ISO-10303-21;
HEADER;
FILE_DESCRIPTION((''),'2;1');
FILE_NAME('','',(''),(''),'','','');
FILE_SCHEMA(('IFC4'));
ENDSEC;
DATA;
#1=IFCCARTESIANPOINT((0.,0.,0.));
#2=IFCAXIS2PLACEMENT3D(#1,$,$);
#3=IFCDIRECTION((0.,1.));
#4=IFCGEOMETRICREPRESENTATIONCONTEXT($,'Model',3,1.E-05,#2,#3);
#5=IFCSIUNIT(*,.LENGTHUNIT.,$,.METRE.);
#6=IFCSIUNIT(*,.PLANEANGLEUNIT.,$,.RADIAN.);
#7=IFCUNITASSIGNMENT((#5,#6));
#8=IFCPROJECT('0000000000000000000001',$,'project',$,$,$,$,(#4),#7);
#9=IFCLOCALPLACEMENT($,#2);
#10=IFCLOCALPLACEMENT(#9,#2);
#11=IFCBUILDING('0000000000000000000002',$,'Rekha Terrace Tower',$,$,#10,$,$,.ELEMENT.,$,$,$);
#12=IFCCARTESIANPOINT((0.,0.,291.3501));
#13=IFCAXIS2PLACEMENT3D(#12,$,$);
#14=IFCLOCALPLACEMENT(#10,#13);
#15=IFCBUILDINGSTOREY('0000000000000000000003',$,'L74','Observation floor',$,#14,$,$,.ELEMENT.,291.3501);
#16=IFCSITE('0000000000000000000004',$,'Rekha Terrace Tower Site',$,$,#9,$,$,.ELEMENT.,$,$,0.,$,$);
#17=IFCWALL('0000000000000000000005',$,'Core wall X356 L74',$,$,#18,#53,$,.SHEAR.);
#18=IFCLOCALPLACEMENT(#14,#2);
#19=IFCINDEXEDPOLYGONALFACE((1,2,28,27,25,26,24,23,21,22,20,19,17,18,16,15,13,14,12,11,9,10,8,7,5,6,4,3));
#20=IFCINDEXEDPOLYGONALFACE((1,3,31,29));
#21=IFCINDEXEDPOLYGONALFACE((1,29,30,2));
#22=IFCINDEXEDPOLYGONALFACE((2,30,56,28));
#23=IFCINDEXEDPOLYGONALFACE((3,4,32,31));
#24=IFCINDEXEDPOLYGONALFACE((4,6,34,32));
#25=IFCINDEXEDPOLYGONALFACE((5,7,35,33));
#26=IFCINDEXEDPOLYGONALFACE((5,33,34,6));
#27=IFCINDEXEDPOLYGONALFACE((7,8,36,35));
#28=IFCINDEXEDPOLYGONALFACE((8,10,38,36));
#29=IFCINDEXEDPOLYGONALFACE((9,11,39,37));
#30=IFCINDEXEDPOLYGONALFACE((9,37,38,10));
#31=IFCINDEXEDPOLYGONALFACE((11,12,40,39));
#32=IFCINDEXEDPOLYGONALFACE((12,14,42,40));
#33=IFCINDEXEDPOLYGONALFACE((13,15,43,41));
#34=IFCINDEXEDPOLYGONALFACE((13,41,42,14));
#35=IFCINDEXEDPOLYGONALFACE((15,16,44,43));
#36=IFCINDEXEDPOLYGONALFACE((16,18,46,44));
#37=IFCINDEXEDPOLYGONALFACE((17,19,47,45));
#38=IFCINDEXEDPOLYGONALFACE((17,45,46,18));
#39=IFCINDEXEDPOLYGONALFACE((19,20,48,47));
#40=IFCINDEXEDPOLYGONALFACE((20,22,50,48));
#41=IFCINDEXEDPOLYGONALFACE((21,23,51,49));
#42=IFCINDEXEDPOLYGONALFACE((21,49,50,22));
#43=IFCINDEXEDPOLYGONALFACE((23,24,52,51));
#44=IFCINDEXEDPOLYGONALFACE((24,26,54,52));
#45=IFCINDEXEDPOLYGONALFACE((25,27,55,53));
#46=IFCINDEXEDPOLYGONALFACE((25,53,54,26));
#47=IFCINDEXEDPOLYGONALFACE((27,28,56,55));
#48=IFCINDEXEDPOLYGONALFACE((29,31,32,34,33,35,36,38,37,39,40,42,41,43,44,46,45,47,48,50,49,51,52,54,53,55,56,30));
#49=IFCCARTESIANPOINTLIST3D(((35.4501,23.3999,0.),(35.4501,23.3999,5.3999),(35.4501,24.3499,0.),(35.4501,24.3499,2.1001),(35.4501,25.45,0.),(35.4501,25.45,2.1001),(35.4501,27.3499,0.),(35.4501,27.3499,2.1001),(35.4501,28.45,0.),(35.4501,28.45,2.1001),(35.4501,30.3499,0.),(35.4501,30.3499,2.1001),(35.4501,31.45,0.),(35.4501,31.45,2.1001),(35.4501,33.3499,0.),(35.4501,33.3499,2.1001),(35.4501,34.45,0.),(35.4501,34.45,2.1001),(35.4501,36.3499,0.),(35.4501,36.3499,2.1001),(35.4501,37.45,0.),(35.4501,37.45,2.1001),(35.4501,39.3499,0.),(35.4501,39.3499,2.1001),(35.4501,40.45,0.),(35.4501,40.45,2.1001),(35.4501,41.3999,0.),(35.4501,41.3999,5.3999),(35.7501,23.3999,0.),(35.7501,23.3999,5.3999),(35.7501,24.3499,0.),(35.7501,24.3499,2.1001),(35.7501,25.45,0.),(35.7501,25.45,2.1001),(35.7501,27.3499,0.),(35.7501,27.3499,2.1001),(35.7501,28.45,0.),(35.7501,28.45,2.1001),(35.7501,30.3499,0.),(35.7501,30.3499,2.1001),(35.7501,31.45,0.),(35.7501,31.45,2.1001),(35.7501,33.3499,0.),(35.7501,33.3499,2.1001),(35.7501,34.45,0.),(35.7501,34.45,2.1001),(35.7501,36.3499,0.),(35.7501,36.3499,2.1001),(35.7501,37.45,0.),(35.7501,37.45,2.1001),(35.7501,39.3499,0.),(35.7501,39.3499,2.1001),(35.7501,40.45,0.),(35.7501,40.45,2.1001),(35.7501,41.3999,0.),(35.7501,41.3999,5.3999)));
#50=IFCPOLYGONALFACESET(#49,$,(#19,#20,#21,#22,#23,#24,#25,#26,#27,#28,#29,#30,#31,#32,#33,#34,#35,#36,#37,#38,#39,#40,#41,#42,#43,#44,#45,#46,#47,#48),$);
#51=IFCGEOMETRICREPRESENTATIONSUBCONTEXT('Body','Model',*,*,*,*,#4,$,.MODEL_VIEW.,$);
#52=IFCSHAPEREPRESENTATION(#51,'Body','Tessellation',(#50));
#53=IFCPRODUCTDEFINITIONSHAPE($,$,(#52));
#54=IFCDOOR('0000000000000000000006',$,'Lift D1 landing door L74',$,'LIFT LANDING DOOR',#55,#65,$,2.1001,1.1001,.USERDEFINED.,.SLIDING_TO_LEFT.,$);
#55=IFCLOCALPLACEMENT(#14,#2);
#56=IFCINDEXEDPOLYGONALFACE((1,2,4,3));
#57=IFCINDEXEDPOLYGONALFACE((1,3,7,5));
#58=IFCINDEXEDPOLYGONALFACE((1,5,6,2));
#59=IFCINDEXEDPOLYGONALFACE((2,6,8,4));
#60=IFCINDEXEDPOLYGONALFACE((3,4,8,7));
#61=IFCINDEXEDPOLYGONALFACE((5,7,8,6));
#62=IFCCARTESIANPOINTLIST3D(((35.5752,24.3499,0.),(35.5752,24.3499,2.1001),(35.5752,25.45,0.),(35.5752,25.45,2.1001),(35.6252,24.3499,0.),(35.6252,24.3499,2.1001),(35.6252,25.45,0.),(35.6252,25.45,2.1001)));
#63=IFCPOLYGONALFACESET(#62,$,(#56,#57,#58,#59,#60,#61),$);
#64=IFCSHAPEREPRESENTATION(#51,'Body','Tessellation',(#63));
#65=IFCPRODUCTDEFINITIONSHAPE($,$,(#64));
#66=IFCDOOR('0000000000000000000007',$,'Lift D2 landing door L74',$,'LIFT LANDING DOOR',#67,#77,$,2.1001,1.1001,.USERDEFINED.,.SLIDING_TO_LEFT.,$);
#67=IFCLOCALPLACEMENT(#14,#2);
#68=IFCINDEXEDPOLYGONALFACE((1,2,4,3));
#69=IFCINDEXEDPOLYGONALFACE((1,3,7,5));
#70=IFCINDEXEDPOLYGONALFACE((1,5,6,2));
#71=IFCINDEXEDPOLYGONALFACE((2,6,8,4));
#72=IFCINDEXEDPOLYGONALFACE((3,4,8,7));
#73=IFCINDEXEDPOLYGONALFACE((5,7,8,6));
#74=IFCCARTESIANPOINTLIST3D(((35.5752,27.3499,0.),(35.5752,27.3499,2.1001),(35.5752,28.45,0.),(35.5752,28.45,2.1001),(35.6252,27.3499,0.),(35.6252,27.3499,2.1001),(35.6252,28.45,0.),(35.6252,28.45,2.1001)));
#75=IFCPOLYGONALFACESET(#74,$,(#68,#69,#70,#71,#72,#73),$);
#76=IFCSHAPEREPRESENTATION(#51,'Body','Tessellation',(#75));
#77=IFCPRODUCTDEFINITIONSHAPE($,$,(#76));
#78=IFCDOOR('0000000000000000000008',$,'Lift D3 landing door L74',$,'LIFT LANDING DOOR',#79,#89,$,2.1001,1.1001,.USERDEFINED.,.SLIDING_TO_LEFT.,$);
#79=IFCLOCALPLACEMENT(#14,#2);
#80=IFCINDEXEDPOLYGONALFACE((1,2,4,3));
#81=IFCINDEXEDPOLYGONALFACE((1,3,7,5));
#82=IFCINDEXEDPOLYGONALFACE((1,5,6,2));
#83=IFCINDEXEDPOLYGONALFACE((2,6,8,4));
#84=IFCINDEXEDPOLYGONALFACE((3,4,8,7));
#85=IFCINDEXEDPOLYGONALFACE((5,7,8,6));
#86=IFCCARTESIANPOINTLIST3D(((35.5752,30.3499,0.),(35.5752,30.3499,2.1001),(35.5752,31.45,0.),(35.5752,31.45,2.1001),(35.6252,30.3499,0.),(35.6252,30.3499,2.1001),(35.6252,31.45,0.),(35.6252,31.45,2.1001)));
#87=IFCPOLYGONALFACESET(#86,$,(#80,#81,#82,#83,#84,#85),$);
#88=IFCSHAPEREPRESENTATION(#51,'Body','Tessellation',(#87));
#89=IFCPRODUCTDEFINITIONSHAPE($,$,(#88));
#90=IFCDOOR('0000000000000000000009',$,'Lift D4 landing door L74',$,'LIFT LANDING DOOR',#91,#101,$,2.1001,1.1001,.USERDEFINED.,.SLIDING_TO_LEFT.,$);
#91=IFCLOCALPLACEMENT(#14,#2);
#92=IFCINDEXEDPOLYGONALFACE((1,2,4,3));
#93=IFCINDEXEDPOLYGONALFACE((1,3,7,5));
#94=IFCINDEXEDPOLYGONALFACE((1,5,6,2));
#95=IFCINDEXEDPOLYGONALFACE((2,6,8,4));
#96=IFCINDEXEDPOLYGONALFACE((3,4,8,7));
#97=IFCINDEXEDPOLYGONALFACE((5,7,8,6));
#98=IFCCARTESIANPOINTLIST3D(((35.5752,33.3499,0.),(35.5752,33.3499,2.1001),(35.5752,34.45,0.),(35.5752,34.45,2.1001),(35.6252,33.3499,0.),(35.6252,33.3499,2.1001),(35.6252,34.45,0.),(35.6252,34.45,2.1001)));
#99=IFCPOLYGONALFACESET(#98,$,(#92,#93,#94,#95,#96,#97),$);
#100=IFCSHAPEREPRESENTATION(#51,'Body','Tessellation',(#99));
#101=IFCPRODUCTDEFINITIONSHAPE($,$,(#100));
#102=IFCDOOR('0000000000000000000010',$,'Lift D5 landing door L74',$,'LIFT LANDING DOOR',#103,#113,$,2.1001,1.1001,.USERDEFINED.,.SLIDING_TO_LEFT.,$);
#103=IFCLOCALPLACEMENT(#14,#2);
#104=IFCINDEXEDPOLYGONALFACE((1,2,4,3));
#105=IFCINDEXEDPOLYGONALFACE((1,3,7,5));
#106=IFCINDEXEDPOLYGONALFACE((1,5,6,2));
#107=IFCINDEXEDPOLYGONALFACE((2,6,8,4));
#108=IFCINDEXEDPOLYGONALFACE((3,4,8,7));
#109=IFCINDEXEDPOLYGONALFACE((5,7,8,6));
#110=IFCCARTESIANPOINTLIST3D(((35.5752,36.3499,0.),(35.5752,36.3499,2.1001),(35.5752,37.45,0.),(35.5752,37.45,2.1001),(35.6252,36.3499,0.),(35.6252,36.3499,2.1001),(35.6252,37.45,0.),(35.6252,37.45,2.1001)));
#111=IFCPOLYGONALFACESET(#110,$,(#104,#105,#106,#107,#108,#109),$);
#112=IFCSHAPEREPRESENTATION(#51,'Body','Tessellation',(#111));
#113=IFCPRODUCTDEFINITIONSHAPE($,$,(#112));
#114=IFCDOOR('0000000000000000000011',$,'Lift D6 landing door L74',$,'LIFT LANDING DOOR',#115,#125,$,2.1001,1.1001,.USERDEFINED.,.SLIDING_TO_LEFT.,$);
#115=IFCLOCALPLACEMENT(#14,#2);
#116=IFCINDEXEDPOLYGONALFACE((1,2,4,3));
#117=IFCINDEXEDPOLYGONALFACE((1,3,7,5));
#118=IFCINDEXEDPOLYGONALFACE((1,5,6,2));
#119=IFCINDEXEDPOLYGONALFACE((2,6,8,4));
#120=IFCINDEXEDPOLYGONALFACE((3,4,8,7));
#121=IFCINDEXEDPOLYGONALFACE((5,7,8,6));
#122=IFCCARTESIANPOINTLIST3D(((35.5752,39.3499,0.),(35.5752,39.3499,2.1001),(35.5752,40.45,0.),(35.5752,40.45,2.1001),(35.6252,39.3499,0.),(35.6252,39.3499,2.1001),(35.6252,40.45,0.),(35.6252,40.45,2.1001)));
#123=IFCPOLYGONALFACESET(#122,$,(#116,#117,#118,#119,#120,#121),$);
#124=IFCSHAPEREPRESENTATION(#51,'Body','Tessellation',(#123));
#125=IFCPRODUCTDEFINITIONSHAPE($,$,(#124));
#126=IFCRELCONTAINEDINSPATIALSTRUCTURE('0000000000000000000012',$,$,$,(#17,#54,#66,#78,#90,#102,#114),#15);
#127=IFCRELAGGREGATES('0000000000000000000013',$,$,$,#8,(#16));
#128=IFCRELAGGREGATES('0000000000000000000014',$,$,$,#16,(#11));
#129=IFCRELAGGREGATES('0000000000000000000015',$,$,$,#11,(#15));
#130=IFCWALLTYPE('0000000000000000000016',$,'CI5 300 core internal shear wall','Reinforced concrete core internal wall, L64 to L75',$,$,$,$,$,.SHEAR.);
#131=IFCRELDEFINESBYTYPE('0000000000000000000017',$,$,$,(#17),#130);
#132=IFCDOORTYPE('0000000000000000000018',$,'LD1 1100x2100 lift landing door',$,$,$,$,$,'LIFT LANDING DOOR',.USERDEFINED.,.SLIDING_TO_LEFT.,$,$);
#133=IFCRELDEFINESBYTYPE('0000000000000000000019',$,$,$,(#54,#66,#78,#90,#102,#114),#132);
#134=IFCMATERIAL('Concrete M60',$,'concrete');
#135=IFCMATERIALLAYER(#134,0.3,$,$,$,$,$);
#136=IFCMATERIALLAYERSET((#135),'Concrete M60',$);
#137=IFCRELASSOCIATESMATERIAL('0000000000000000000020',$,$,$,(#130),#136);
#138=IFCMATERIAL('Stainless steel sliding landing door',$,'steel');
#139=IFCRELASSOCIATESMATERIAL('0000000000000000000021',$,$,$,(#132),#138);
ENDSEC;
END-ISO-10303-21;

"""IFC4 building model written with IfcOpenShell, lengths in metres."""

from ifc_helpers import new_model, si_unit, direction, frame, frame_2d, origin, place, context, subcontext, project, spatial, rectangle, extrude, material, layer, layer_set, type_object, element, fill, save


model = new_model("IFC4")

# Units and contexts
model_context = context("Model", 3, precision=1e-05, world=origin(), true_north=direction((0.0, 1.0)))
body_context = subcontext(model_context, "Body", "Model", "MODEL_VIEW")
ifc_project = project(units=[si_unit("LENGTHUNIT", "METRE"), si_unit("PLANEANGLEUNIT", "RADIAN")], contexts=[model_context])

# Site, building, storey
site_placement = place(None, origin())
site = spatial("IfcSite", under=ifc_project, at=site_placement, Name="Rekha Terrace Tower Site", CompositionType="ELEMENT", RefElevation=0.0)
building_placement = place(site_placement, origin())
building = spatial("IfcBuilding", under=site, at=building_placement, Name="Rekha Terrace Tower", CompositionType="ELEMENT")
storey_placement = place(building_placement, frame((0.0, 0.0, 291.3501)))
storey = spatial("IfcBuildingStorey", under=building, at=storey_placement, Name="L74", Description="Observation floor", CompositionType="ELEMENT", Elevation=291.3501)

# Wall, openings, doors
ifc_material_1 = material(Name="Concrete M60", Category="concrete")
ifc_layer_1 = layer(ifc_material_1, 0.3)
ifc_layer_set_1 = layer_set([ifc_layer_1], Name="Concrete M60")
wall_type_1 = type_object("IfcWallType", Name="CI5 300 core internal shear wall", Description="Reinforced concrete core internal wall, L64 to L75", PredefinedType="SHEAR", material=ifc_layer_set_1)
wall_1_placement = place(storey_placement, frame((35.6001, 23.3999, 0.0), z_axis=(0.0, 0.0, 1.0), x_axis=(0.0, 1.0, 0.0)))
wall_1 = element("IfcWall", 1, at=wall_1_placement, inside=storey, type_object=wall_type_1, Name="Core wall X356 L74", PredefinedType="SHEAR", context=body_context, shape_type="SweptSolid", body=[
    extrude(rectangle(XDim=18.0, YDim=0.3, at=frame_2d((9.0, 0.0))), origin(), (0.0, 0.0, 1.0), 5.3999),
])
opening_1_placement = place(wall_1_placement, frame((0.95, 0.0, 0.0)))
opening_1 = element("IfcOpeningElement", 2, at=opening_1_placement, cuts=wall_1, PredefinedType="OPENING", context=body_context, shape_type="SweptSolid", body=[
    extrude(rectangle(XDim=1.1001, YDim=2.1001, at=frame_2d((0.55, 1.05))), frame((0.0, 0.1599, 0.0), z_axis=(0.0, -1.0, 0.0), x_axis=(1.0, 0.0, 0.0)), (0.0, 0.0, 1.0), 0.3201),
])
opening_2_placement = place(wall_1_placement, frame((3.95, 0.0, 0.0)))
opening_2 = element("IfcOpeningElement", 3, at=opening_2_placement, cuts=wall_1, PredefinedType="OPENING", context=body_context, shape_type="SweptSolid", body=[
    extrude(rectangle(XDim=1.1001, YDim=2.1001, at=frame_2d((0.55, 1.05))), frame((0.0, 0.1599, 0.0), z_axis=(0.0, -1.0, 0.0), x_axis=(1.0, 0.0, 0.0)), (0.0, 0.0, 1.0), 0.3201),
])
opening_3_placement = place(wall_1_placement, frame((6.95, 0.0, 0.0)))
opening_3 = element("IfcOpeningElement", 4, at=opening_3_placement, cuts=wall_1, PredefinedType="OPENING", context=body_context, shape_type="SweptSolid", body=[
    extrude(rectangle(XDim=1.1001, YDim=2.1001, at=frame_2d((0.55, 1.05))), frame((0.0, 0.1599, 0.0), z_axis=(0.0, -1.0, 0.0), x_axis=(1.0, 0.0, 0.0)), (0.0, 0.0, 1.0), 0.3201),
])
opening_4_placement = place(wall_1_placement, frame((9.95, 0.0, 0.0)))
opening_4 = element("IfcOpeningElement", 5, at=opening_4_placement, cuts=wall_1, PredefinedType="OPENING", context=body_context, shape_type="SweptSolid", body=[
    extrude(rectangle(XDim=1.1001, YDim=2.1001, at=frame_2d((0.55, 1.05))), frame((0.0, 0.1599, 0.0), z_axis=(0.0, -1.0, 0.0), x_axis=(1.0, 0.0, 0.0)), (0.0, 0.0, 1.0), 0.3201),
])
opening_5_placement = place(wall_1_placement, frame((12.95, 0.0, 0.0)))
opening_5 = element("IfcOpeningElement", 6, at=opening_5_placement, cuts=wall_1, PredefinedType="OPENING", context=body_context, shape_type="SweptSolid", body=[
    extrude(rectangle(XDim=1.1001, YDim=2.1001, at=frame_2d((0.55, 1.05))), frame((0.0, 0.1599, 0.0), z_axis=(0.0, -1.0, 0.0), x_axis=(1.0, 0.0, 0.0)), (0.0, 0.0, 1.0), 0.3201),
])
opening_6_placement = place(wall_1_placement, frame((15.95, 0.0, 0.0)))
opening_6 = element("IfcOpeningElement", 7, at=opening_6_placement, cuts=wall_1, PredefinedType="OPENING", context=body_context, shape_type="SweptSolid", body=[
    extrude(rectangle(XDim=1.1001, YDim=2.1001, at=frame_2d((0.55, 1.05))), frame((0.0, 0.1599, 0.0), z_axis=(0.0, -1.0, 0.0), x_axis=(1.0, 0.0, 0.0)), (0.0, 0.0, 1.0), 0.3201),
])
ifc_material_2 = material(Name="Stainless steel sliding landing door", Category="steel")
door_type_1 = type_object("IfcDoorType", Name="LD1 1100x2100 lift landing door", ElementType="LIFT LANDING DOOR", OperationType="SLIDING_TO_LEFT", PredefinedType="USERDEFINED", material=ifc_material_2)
door_1_placement = place(opening_1_placement, origin())
door_1 = element("IfcDoor", 8, at=door_1_placement, inside=storey, type_object=door_type_1, Name="Lift D1 landing door L74", ObjectType="LIFT LANDING DOOR", OperationType="SLIDING_TO_LEFT", OverallHeight=2.1001, OverallWidth=1.1001, PredefinedType="USERDEFINED", context=body_context, shape_type="SweptSolid", body=[
    extrude(rectangle(XDim=1.1001, YDim=2.1001, at=frame_2d((0.55, 1.05))), frame((0.0, 0.0249, 0.0), z_axis=(0.0, -1.0, 0.0), x_axis=(1.0, 0.0, 0.0)), (0.0, 0.0, 1.0), 0.05),
])
fill(opening_1, door_1)
door_2_placement = place(opening_2_placement, origin())
door_2 = element("IfcDoor", 9, at=door_2_placement, inside=storey, type_object=door_type_1, Name="Lift D2 landing door L74", ObjectType="LIFT LANDING DOOR", OperationType="SLIDING_TO_LEFT", OverallHeight=2.1001, OverallWidth=1.1001, PredefinedType="USERDEFINED", context=body_context, shape_type="SweptSolid", body=[
    extrude(rectangle(XDim=1.1001, YDim=2.1001, at=frame_2d((0.55, 1.05))), frame((0.0, 0.0249, 0.0), z_axis=(0.0, -1.0, 0.0), x_axis=(1.0, 0.0, 0.0)), (0.0, 0.0, 1.0), 0.05),
])
fill(opening_2, door_2)
door_3_placement = place(opening_3_placement, origin())
door_3 = element("IfcDoor", 10, at=door_3_placement, inside=storey, type_object=door_type_1, Name="Lift D3 landing door L74", ObjectType="LIFT LANDING DOOR", OperationType="SLIDING_TO_LEFT", OverallHeight=2.1001, OverallWidth=1.1001, PredefinedType="USERDEFINED", context=body_context, shape_type="SweptSolid", body=[
    extrude(rectangle(XDim=1.1001, YDim=2.1001, at=frame_2d((0.55, 1.05))), frame((0.0, 0.0249, 0.0), z_axis=(0.0, -1.0, 0.0), x_axis=(1.0, 0.0, 0.0)), (0.0, 0.0, 1.0), 0.05),
])
fill(opening_3, door_3)
door_4_placement = place(opening_4_placement, origin())
door_4 = element("IfcDoor", 11, at=door_4_placement, inside=storey, type_object=door_type_1, Name="Lift D4 landing door L74", ObjectType="LIFT LANDING DOOR", OperationType="SLIDING_TO_LEFT", OverallHeight=2.1001, OverallWidth=1.1001, PredefinedType="USERDEFINED", context=body_context, shape_type="SweptSolid", body=[
    extrude(rectangle(XDim=1.1001, YDim=2.1001, at=frame_2d((0.55, 1.05))), frame((0.0, 0.0249, 0.0), z_axis=(0.0, -1.0, 0.0), x_axis=(1.0, 0.0, 0.0)), (0.0, 0.0, 1.0), 0.05),
])
fill(opening_4, door_4)
door_5_placement = place(opening_5_placement, origin())
door_5 = element("IfcDoor", 12, at=door_5_placement, inside=storey, type_object=door_type_1, Name="Lift D5 landing door L74", ObjectType="LIFT LANDING DOOR", OperationType="SLIDING_TO_LEFT", OverallHeight=2.1001, OverallWidth=1.1001, PredefinedType="USERDEFINED", context=body_context, shape_type="SweptSolid", body=[
    extrude(rectangle(XDim=1.1001, YDim=2.1001, at=frame_2d((0.55, 1.05))), frame((0.0, 0.0249, 0.0), z_axis=(0.0, -1.0, 0.0), x_axis=(1.0, 0.0, 0.0)), (0.0, 0.0, 1.0), 0.05),
])
fill(opening_5, door_5)
door_6_placement = place(opening_6_placement, origin())
door_6 = element("IfcDoor", 13, at=door_6_placement, inside=storey, type_object=door_type_1, Name="Lift D6 landing door L74", ObjectType="LIFT LANDING DOOR", OperationType="SLIDING_TO_LEFT", OverallHeight=2.1001, OverallWidth=1.1001, PredefinedType="USERDEFINED", context=body_context, shape_type="SweptSolid", body=[
    extrude(rectangle(XDim=1.1001, YDim=2.1001, at=frame_2d((0.55, 1.05))), frame((0.0, 0.0249, 0.0), z_axis=(0.0, -1.0, 0.0), x_axis=(1.0, 0.0, 0.0)), (0.0, 0.0, 1.0), 0.05),
])
fill(opening_6, door_6)

save(model, "model.ifc")
